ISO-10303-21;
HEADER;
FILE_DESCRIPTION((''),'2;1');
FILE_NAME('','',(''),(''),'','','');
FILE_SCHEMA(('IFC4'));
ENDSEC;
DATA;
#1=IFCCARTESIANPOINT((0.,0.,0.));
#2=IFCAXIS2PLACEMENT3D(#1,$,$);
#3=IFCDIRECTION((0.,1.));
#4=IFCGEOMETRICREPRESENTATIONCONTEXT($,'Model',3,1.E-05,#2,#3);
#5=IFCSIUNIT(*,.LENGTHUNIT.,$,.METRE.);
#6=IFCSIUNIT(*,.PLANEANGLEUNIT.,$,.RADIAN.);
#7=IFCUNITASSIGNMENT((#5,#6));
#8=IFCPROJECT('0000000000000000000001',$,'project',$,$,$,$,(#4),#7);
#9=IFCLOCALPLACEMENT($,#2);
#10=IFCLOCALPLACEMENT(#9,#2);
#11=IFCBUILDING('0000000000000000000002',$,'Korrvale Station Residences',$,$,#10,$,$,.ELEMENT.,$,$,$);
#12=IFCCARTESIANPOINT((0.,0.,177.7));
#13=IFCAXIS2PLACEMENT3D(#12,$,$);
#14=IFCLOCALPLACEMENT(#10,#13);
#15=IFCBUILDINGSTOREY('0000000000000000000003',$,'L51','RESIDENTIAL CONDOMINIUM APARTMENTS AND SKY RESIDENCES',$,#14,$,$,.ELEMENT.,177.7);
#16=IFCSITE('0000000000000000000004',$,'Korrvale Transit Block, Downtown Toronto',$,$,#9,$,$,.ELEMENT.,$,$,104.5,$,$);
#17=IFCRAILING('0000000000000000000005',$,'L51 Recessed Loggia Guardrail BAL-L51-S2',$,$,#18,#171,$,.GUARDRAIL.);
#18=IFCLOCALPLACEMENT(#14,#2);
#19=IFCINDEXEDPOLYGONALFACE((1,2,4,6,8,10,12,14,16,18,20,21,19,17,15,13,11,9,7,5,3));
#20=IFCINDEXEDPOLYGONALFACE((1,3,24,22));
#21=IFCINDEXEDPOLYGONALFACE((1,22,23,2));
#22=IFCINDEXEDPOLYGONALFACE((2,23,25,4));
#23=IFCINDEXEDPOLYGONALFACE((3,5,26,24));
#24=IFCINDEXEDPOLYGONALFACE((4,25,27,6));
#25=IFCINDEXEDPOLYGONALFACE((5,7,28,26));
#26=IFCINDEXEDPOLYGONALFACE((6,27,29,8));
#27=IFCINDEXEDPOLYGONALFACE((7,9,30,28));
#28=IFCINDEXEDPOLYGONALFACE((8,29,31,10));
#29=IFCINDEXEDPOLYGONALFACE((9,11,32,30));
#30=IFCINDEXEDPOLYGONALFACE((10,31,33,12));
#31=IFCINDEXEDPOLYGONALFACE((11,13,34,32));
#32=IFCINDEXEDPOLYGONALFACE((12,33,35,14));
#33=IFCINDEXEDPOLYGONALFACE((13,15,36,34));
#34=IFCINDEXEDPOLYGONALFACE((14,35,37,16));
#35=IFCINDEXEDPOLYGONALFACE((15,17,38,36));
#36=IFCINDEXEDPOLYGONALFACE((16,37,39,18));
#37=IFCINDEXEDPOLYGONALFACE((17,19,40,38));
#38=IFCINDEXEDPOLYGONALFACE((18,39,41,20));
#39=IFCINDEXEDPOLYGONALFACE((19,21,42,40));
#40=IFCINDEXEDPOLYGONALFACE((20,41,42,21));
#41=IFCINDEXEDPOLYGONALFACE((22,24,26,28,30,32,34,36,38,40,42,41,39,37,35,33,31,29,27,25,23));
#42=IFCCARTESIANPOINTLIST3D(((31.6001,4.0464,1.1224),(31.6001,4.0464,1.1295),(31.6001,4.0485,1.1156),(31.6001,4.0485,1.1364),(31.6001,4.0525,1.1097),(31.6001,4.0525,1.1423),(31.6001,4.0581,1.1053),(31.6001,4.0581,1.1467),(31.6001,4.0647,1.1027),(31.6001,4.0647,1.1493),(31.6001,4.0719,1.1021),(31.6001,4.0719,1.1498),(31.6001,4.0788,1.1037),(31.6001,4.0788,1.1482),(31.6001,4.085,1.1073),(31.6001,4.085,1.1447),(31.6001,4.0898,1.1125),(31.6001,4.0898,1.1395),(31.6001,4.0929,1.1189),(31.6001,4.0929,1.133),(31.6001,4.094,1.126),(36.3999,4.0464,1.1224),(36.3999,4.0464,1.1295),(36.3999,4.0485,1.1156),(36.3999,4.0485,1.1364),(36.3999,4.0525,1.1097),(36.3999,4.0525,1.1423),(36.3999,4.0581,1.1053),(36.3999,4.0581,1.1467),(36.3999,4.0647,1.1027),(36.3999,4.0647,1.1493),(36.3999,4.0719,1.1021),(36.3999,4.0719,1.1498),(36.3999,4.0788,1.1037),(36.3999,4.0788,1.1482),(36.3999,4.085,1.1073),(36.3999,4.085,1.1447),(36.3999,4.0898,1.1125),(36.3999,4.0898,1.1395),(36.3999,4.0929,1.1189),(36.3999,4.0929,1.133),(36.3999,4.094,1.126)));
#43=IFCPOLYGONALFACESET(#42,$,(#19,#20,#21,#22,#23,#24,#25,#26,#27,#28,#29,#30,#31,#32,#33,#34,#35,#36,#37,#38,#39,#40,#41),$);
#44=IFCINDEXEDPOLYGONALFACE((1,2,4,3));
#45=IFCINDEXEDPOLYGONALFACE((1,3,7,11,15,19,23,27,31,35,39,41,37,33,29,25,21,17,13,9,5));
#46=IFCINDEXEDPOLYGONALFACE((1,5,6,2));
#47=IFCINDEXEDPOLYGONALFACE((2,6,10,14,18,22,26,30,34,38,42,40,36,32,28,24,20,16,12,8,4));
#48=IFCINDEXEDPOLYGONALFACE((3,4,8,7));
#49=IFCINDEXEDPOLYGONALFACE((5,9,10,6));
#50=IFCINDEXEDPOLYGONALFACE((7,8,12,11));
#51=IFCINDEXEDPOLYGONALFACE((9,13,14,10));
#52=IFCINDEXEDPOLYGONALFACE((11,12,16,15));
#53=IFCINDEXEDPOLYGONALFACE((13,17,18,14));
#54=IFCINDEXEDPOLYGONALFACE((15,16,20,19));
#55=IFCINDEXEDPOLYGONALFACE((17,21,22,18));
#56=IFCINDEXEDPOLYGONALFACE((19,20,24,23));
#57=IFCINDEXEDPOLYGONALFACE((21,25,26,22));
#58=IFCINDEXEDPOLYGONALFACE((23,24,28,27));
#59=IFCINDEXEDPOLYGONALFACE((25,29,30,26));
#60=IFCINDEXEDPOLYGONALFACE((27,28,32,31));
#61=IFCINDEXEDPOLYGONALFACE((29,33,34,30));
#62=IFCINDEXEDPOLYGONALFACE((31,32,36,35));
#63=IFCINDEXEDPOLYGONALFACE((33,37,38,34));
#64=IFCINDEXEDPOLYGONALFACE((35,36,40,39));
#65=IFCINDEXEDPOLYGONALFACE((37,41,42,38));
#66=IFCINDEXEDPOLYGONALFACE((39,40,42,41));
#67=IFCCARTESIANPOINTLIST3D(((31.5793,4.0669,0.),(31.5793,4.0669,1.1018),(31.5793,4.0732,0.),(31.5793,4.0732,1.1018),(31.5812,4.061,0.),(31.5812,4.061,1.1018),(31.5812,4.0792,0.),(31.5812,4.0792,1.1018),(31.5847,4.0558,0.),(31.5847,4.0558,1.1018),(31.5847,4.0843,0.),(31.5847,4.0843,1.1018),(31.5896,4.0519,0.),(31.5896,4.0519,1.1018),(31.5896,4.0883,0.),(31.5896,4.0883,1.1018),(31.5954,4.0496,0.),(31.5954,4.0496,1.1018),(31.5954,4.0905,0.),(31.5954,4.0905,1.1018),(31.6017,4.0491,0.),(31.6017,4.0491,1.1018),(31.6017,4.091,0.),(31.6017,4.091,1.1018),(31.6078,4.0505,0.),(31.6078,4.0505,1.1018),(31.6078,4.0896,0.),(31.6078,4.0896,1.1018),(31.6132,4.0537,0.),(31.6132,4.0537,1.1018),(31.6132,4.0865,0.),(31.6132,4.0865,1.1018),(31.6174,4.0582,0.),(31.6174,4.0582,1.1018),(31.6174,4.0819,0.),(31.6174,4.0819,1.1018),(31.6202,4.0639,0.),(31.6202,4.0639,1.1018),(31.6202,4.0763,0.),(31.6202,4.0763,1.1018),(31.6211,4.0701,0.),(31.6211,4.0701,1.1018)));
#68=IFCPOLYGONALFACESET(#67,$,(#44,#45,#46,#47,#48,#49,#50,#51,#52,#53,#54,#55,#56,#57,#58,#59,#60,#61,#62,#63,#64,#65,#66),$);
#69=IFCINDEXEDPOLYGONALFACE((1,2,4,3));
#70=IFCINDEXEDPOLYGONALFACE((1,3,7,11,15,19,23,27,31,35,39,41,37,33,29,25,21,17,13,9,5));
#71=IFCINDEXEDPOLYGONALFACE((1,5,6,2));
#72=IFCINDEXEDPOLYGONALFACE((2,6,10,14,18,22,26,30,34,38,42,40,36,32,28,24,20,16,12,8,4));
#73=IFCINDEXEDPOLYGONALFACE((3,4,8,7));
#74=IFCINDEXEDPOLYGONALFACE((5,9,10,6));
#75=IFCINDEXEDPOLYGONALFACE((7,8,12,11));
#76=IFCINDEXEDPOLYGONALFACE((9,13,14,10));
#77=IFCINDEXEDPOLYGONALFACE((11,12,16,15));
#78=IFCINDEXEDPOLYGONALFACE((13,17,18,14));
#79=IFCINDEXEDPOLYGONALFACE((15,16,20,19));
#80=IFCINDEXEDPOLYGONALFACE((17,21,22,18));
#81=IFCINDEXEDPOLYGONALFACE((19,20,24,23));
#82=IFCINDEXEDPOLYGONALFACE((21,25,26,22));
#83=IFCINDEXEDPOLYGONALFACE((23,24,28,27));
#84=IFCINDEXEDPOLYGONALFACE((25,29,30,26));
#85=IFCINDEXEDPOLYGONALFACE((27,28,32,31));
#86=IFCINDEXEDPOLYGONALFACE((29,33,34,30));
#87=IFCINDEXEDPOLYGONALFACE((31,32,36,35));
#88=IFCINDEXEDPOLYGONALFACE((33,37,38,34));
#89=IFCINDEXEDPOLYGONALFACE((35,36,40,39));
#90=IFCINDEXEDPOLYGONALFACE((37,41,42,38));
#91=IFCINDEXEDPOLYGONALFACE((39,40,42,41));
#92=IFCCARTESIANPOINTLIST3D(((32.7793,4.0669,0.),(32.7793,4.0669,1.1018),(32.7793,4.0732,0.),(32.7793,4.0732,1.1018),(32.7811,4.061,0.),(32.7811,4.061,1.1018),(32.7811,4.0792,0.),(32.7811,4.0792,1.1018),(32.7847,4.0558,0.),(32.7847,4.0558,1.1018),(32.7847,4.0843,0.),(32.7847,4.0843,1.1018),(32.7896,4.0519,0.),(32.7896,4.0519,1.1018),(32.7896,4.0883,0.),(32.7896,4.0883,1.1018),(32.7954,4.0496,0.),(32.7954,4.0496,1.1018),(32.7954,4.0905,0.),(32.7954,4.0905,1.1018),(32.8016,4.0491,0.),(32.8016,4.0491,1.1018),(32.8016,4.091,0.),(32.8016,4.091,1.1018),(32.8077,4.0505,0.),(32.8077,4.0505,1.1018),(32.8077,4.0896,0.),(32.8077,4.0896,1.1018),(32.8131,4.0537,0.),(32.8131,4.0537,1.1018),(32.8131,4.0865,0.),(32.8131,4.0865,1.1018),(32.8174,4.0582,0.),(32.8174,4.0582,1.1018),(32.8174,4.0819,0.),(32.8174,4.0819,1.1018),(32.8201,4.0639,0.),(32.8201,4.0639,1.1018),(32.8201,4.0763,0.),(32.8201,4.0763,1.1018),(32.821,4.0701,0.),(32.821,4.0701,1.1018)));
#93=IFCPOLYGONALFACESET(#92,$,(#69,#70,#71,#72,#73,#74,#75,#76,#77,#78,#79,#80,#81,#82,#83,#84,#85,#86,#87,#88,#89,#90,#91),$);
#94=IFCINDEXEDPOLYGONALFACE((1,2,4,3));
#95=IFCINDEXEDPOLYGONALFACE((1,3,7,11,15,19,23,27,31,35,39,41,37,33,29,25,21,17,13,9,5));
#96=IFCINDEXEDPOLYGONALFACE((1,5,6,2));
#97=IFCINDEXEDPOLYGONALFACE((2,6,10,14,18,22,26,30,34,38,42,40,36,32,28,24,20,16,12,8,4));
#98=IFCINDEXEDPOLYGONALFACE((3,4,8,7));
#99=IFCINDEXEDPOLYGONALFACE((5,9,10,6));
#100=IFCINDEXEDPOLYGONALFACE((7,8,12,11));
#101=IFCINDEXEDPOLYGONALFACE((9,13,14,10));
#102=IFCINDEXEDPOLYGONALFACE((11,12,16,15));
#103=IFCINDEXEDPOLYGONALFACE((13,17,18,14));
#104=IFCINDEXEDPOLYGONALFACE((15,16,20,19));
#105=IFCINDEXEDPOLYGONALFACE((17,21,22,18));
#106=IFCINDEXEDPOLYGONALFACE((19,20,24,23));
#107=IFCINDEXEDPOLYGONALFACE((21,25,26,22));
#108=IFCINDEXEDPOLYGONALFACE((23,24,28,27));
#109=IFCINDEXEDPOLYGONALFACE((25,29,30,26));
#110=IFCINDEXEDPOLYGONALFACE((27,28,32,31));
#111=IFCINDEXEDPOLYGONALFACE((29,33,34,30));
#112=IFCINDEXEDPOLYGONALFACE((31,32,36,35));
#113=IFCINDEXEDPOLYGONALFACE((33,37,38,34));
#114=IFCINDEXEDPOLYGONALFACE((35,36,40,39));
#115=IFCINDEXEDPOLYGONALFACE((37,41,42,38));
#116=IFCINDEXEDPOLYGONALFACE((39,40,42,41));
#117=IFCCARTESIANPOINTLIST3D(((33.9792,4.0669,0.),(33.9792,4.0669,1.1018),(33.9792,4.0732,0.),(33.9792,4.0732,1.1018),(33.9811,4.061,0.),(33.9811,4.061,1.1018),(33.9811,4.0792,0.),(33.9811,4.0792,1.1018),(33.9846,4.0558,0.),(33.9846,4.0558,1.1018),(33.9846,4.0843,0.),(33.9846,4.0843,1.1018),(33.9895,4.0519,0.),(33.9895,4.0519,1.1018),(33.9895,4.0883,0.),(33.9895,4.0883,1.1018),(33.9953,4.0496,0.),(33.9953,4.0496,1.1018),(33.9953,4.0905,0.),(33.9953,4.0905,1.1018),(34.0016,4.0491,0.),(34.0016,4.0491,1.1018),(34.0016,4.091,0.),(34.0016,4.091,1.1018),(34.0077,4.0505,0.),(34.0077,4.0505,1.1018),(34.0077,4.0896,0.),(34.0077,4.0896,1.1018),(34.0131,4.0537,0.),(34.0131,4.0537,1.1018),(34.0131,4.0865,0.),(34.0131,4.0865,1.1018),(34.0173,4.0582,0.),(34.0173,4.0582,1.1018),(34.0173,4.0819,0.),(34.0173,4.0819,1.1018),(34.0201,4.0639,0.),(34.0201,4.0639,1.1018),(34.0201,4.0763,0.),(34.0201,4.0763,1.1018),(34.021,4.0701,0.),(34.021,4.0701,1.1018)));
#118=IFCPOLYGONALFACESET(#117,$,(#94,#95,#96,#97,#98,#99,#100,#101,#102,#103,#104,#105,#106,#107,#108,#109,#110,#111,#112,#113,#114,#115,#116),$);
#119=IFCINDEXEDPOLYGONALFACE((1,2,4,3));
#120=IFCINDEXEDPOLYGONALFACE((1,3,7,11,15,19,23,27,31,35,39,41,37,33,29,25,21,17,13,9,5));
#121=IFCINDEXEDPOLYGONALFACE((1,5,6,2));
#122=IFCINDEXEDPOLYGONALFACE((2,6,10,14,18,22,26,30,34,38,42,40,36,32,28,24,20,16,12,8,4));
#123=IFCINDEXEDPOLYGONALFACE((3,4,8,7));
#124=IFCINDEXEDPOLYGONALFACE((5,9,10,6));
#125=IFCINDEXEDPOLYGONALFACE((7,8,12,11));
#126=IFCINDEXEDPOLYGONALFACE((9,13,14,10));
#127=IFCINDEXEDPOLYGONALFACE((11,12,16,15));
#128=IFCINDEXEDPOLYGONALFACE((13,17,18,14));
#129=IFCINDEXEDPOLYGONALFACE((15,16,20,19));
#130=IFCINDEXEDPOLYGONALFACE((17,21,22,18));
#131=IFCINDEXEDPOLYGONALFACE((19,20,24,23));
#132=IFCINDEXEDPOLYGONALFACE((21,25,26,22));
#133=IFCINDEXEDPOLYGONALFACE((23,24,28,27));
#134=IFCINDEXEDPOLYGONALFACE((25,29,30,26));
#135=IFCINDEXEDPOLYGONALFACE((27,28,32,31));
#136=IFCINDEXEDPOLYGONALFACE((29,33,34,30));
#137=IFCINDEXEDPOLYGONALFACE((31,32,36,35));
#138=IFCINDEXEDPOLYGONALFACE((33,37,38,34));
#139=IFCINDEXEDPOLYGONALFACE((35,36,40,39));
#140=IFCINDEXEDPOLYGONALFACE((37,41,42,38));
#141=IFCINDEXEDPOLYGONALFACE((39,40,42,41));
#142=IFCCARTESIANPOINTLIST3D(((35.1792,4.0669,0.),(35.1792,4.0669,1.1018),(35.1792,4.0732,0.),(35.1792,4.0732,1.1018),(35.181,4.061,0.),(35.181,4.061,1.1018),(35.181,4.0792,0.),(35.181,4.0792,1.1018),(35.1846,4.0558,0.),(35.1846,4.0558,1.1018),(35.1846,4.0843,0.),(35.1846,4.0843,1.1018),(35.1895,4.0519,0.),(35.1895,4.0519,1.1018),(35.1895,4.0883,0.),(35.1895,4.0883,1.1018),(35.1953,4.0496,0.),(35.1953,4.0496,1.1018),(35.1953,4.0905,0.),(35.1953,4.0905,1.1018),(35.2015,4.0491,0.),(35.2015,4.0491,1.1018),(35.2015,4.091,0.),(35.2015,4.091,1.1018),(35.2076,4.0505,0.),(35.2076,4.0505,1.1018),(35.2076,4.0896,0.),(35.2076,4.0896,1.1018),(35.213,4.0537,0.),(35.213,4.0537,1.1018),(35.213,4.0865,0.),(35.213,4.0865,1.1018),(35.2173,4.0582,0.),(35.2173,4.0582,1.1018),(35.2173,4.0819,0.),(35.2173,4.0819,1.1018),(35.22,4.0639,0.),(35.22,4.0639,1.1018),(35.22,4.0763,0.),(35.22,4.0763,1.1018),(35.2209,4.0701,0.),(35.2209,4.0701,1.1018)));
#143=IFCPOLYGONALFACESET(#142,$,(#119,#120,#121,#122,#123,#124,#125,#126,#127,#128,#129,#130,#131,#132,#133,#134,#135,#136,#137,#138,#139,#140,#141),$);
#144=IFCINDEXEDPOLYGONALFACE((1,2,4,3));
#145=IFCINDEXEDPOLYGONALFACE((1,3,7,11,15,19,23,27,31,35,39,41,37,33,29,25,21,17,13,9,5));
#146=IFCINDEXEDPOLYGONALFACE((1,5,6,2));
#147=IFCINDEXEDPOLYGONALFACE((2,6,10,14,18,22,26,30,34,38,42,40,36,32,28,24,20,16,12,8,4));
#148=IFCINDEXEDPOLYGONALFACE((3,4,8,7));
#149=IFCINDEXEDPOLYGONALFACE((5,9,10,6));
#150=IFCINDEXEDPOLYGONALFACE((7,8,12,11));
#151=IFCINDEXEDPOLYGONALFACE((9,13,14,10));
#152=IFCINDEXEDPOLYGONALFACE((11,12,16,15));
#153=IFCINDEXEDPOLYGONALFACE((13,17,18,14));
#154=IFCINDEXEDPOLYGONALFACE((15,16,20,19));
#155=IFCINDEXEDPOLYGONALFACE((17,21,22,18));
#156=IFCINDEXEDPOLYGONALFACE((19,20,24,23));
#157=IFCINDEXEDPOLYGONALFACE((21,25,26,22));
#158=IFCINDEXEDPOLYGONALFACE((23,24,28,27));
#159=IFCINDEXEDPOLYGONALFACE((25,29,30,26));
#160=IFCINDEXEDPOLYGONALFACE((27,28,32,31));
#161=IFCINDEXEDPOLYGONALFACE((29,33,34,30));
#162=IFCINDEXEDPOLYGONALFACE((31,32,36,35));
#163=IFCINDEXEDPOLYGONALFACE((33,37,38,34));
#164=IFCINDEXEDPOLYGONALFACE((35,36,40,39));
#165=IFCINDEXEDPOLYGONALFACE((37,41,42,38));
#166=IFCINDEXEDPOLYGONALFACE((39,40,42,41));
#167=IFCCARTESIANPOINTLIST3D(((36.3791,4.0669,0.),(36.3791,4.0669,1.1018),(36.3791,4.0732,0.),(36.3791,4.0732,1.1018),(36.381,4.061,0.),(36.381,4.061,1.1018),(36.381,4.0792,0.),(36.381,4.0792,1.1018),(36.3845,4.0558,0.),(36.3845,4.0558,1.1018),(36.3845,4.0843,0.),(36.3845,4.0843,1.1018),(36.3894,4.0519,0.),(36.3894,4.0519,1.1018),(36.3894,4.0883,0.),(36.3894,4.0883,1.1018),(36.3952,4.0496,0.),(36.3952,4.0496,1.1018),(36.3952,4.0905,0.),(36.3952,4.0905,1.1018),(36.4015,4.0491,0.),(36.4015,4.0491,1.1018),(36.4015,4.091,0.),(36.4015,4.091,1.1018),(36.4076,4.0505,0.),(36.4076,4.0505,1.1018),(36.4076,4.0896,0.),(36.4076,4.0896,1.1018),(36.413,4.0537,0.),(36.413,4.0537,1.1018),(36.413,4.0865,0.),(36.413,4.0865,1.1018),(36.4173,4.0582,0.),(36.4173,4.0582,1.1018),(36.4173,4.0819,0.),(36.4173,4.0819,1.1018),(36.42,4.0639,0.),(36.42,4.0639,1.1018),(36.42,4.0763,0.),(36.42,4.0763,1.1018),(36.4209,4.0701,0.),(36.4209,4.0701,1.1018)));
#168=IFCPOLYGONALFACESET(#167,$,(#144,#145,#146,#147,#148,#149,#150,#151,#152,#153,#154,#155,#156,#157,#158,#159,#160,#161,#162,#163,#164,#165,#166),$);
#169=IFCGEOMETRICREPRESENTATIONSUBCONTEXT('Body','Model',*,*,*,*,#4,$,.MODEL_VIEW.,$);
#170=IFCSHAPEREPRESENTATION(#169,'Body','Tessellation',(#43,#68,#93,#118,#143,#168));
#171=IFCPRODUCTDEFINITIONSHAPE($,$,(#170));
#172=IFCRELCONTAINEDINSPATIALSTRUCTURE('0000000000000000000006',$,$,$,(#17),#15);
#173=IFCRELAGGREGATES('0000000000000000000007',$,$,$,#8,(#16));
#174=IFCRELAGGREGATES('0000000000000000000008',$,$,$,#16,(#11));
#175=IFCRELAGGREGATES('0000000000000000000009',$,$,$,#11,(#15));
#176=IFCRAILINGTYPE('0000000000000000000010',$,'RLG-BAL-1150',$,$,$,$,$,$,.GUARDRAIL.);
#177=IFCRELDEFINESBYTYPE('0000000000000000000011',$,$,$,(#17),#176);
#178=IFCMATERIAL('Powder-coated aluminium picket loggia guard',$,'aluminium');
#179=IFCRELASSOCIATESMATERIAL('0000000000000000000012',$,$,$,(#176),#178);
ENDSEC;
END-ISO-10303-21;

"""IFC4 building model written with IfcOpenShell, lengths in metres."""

from ifc_helpers import new_model, si_unit, direction, frame, origin, origin_2d, place, context, subcontext, project, spatial, circle, extrude, material, type_object, element, save


model = new_model("IFC4")

# Units and contexts
model_context = context("Model", 3, precision=1e-05, world=origin(), true_north=direction((0.0, 1.0)))
body_context = subcontext(model_context, "Body", "Model", "MODEL_VIEW")
ifc_project = project(units=[si_unit("LENGTHUNIT", "METRE"), si_unit("PLANEANGLEUNIT", "RADIAN")], contexts=[model_context])

# Site, building, storey
site_placement = place(None, origin())
site = spatial("IfcSite", under=ifc_project, at=site_placement, Name="Korrvale Transit Block, Downtown Toronto", CompositionType="ELEMENT", RefElevation=104.5)
building_placement = place(site_placement, origin())
building = spatial("IfcBuilding", under=site, at=building_placement, Name="Korrvale Station Residences", CompositionType="ELEMENT")
storey_placement = place(building_placement, frame((0.0, 0.0, 177.7)))
storey = spatial("IfcBuildingStorey", under=building, at=storey_placement, Name="L51", Description="RESIDENTIAL CONDOMINIUM APARTMENTS AND SKY RESIDENCES", CompositionType="ELEMENT", Elevation=177.7)

# Railing
ifc_material_1 = material(Name="Powder-coated aluminium picket loggia guard", Category="aluminium")
railing_type = type_object("IfcRailingType", Name="RLG-BAL-1150", PredefinedType="GUARDRAIL", material=ifc_material_1)
railing_placement = place(storey_placement, frame((31.6001, 4.0701, 0.0)))
element("IfcRailing", 1, at=railing_placement, inside=storey, type_object=railing_type, Name="L51 Recessed Loggia Guardrail BAL-L51-S2", PredefinedType="GUARDRAIL", context=body_context, shape_type="SweptSolid", body=[
    extrude(circle(Radius=0.0239, at=origin_2d()), frame((0.0, 0.0, 1.126), z_axis=(1.0, 0.0, 0.0), x_axis=(0.0, 1.0, 0.0)), (0.0, 0.0, 1.0), 4.7998),
    extrude(circle(Radius=0.021, at=origin_2d()), origin(), (0.0, 0.0, 1.0), 1.1018),
    extrude(circle(Radius=0.021, at=origin_2d()), frame((1.2, 0.0, 0.0)), (0.0, 0.0, 1.0), 1.1018),
    extrude(circle(Radius=0.021, at=origin_2d()), frame((2.3999, 0.0, 0.0)), (0.0, 0.0, 1.0), 1.1018),
    extrude(circle(Radius=0.021, at=origin_2d()), frame((3.5999, 0.0, 0.0)), (0.0, 0.0, 1.0), 1.1018),
    extrude(circle(Radius=0.021, at=origin_2d()), frame((4.7998, 0.0, 0.0)), (0.0, 0.0, 1.0), 1.1018),
])

save(model, "model.ifc")
